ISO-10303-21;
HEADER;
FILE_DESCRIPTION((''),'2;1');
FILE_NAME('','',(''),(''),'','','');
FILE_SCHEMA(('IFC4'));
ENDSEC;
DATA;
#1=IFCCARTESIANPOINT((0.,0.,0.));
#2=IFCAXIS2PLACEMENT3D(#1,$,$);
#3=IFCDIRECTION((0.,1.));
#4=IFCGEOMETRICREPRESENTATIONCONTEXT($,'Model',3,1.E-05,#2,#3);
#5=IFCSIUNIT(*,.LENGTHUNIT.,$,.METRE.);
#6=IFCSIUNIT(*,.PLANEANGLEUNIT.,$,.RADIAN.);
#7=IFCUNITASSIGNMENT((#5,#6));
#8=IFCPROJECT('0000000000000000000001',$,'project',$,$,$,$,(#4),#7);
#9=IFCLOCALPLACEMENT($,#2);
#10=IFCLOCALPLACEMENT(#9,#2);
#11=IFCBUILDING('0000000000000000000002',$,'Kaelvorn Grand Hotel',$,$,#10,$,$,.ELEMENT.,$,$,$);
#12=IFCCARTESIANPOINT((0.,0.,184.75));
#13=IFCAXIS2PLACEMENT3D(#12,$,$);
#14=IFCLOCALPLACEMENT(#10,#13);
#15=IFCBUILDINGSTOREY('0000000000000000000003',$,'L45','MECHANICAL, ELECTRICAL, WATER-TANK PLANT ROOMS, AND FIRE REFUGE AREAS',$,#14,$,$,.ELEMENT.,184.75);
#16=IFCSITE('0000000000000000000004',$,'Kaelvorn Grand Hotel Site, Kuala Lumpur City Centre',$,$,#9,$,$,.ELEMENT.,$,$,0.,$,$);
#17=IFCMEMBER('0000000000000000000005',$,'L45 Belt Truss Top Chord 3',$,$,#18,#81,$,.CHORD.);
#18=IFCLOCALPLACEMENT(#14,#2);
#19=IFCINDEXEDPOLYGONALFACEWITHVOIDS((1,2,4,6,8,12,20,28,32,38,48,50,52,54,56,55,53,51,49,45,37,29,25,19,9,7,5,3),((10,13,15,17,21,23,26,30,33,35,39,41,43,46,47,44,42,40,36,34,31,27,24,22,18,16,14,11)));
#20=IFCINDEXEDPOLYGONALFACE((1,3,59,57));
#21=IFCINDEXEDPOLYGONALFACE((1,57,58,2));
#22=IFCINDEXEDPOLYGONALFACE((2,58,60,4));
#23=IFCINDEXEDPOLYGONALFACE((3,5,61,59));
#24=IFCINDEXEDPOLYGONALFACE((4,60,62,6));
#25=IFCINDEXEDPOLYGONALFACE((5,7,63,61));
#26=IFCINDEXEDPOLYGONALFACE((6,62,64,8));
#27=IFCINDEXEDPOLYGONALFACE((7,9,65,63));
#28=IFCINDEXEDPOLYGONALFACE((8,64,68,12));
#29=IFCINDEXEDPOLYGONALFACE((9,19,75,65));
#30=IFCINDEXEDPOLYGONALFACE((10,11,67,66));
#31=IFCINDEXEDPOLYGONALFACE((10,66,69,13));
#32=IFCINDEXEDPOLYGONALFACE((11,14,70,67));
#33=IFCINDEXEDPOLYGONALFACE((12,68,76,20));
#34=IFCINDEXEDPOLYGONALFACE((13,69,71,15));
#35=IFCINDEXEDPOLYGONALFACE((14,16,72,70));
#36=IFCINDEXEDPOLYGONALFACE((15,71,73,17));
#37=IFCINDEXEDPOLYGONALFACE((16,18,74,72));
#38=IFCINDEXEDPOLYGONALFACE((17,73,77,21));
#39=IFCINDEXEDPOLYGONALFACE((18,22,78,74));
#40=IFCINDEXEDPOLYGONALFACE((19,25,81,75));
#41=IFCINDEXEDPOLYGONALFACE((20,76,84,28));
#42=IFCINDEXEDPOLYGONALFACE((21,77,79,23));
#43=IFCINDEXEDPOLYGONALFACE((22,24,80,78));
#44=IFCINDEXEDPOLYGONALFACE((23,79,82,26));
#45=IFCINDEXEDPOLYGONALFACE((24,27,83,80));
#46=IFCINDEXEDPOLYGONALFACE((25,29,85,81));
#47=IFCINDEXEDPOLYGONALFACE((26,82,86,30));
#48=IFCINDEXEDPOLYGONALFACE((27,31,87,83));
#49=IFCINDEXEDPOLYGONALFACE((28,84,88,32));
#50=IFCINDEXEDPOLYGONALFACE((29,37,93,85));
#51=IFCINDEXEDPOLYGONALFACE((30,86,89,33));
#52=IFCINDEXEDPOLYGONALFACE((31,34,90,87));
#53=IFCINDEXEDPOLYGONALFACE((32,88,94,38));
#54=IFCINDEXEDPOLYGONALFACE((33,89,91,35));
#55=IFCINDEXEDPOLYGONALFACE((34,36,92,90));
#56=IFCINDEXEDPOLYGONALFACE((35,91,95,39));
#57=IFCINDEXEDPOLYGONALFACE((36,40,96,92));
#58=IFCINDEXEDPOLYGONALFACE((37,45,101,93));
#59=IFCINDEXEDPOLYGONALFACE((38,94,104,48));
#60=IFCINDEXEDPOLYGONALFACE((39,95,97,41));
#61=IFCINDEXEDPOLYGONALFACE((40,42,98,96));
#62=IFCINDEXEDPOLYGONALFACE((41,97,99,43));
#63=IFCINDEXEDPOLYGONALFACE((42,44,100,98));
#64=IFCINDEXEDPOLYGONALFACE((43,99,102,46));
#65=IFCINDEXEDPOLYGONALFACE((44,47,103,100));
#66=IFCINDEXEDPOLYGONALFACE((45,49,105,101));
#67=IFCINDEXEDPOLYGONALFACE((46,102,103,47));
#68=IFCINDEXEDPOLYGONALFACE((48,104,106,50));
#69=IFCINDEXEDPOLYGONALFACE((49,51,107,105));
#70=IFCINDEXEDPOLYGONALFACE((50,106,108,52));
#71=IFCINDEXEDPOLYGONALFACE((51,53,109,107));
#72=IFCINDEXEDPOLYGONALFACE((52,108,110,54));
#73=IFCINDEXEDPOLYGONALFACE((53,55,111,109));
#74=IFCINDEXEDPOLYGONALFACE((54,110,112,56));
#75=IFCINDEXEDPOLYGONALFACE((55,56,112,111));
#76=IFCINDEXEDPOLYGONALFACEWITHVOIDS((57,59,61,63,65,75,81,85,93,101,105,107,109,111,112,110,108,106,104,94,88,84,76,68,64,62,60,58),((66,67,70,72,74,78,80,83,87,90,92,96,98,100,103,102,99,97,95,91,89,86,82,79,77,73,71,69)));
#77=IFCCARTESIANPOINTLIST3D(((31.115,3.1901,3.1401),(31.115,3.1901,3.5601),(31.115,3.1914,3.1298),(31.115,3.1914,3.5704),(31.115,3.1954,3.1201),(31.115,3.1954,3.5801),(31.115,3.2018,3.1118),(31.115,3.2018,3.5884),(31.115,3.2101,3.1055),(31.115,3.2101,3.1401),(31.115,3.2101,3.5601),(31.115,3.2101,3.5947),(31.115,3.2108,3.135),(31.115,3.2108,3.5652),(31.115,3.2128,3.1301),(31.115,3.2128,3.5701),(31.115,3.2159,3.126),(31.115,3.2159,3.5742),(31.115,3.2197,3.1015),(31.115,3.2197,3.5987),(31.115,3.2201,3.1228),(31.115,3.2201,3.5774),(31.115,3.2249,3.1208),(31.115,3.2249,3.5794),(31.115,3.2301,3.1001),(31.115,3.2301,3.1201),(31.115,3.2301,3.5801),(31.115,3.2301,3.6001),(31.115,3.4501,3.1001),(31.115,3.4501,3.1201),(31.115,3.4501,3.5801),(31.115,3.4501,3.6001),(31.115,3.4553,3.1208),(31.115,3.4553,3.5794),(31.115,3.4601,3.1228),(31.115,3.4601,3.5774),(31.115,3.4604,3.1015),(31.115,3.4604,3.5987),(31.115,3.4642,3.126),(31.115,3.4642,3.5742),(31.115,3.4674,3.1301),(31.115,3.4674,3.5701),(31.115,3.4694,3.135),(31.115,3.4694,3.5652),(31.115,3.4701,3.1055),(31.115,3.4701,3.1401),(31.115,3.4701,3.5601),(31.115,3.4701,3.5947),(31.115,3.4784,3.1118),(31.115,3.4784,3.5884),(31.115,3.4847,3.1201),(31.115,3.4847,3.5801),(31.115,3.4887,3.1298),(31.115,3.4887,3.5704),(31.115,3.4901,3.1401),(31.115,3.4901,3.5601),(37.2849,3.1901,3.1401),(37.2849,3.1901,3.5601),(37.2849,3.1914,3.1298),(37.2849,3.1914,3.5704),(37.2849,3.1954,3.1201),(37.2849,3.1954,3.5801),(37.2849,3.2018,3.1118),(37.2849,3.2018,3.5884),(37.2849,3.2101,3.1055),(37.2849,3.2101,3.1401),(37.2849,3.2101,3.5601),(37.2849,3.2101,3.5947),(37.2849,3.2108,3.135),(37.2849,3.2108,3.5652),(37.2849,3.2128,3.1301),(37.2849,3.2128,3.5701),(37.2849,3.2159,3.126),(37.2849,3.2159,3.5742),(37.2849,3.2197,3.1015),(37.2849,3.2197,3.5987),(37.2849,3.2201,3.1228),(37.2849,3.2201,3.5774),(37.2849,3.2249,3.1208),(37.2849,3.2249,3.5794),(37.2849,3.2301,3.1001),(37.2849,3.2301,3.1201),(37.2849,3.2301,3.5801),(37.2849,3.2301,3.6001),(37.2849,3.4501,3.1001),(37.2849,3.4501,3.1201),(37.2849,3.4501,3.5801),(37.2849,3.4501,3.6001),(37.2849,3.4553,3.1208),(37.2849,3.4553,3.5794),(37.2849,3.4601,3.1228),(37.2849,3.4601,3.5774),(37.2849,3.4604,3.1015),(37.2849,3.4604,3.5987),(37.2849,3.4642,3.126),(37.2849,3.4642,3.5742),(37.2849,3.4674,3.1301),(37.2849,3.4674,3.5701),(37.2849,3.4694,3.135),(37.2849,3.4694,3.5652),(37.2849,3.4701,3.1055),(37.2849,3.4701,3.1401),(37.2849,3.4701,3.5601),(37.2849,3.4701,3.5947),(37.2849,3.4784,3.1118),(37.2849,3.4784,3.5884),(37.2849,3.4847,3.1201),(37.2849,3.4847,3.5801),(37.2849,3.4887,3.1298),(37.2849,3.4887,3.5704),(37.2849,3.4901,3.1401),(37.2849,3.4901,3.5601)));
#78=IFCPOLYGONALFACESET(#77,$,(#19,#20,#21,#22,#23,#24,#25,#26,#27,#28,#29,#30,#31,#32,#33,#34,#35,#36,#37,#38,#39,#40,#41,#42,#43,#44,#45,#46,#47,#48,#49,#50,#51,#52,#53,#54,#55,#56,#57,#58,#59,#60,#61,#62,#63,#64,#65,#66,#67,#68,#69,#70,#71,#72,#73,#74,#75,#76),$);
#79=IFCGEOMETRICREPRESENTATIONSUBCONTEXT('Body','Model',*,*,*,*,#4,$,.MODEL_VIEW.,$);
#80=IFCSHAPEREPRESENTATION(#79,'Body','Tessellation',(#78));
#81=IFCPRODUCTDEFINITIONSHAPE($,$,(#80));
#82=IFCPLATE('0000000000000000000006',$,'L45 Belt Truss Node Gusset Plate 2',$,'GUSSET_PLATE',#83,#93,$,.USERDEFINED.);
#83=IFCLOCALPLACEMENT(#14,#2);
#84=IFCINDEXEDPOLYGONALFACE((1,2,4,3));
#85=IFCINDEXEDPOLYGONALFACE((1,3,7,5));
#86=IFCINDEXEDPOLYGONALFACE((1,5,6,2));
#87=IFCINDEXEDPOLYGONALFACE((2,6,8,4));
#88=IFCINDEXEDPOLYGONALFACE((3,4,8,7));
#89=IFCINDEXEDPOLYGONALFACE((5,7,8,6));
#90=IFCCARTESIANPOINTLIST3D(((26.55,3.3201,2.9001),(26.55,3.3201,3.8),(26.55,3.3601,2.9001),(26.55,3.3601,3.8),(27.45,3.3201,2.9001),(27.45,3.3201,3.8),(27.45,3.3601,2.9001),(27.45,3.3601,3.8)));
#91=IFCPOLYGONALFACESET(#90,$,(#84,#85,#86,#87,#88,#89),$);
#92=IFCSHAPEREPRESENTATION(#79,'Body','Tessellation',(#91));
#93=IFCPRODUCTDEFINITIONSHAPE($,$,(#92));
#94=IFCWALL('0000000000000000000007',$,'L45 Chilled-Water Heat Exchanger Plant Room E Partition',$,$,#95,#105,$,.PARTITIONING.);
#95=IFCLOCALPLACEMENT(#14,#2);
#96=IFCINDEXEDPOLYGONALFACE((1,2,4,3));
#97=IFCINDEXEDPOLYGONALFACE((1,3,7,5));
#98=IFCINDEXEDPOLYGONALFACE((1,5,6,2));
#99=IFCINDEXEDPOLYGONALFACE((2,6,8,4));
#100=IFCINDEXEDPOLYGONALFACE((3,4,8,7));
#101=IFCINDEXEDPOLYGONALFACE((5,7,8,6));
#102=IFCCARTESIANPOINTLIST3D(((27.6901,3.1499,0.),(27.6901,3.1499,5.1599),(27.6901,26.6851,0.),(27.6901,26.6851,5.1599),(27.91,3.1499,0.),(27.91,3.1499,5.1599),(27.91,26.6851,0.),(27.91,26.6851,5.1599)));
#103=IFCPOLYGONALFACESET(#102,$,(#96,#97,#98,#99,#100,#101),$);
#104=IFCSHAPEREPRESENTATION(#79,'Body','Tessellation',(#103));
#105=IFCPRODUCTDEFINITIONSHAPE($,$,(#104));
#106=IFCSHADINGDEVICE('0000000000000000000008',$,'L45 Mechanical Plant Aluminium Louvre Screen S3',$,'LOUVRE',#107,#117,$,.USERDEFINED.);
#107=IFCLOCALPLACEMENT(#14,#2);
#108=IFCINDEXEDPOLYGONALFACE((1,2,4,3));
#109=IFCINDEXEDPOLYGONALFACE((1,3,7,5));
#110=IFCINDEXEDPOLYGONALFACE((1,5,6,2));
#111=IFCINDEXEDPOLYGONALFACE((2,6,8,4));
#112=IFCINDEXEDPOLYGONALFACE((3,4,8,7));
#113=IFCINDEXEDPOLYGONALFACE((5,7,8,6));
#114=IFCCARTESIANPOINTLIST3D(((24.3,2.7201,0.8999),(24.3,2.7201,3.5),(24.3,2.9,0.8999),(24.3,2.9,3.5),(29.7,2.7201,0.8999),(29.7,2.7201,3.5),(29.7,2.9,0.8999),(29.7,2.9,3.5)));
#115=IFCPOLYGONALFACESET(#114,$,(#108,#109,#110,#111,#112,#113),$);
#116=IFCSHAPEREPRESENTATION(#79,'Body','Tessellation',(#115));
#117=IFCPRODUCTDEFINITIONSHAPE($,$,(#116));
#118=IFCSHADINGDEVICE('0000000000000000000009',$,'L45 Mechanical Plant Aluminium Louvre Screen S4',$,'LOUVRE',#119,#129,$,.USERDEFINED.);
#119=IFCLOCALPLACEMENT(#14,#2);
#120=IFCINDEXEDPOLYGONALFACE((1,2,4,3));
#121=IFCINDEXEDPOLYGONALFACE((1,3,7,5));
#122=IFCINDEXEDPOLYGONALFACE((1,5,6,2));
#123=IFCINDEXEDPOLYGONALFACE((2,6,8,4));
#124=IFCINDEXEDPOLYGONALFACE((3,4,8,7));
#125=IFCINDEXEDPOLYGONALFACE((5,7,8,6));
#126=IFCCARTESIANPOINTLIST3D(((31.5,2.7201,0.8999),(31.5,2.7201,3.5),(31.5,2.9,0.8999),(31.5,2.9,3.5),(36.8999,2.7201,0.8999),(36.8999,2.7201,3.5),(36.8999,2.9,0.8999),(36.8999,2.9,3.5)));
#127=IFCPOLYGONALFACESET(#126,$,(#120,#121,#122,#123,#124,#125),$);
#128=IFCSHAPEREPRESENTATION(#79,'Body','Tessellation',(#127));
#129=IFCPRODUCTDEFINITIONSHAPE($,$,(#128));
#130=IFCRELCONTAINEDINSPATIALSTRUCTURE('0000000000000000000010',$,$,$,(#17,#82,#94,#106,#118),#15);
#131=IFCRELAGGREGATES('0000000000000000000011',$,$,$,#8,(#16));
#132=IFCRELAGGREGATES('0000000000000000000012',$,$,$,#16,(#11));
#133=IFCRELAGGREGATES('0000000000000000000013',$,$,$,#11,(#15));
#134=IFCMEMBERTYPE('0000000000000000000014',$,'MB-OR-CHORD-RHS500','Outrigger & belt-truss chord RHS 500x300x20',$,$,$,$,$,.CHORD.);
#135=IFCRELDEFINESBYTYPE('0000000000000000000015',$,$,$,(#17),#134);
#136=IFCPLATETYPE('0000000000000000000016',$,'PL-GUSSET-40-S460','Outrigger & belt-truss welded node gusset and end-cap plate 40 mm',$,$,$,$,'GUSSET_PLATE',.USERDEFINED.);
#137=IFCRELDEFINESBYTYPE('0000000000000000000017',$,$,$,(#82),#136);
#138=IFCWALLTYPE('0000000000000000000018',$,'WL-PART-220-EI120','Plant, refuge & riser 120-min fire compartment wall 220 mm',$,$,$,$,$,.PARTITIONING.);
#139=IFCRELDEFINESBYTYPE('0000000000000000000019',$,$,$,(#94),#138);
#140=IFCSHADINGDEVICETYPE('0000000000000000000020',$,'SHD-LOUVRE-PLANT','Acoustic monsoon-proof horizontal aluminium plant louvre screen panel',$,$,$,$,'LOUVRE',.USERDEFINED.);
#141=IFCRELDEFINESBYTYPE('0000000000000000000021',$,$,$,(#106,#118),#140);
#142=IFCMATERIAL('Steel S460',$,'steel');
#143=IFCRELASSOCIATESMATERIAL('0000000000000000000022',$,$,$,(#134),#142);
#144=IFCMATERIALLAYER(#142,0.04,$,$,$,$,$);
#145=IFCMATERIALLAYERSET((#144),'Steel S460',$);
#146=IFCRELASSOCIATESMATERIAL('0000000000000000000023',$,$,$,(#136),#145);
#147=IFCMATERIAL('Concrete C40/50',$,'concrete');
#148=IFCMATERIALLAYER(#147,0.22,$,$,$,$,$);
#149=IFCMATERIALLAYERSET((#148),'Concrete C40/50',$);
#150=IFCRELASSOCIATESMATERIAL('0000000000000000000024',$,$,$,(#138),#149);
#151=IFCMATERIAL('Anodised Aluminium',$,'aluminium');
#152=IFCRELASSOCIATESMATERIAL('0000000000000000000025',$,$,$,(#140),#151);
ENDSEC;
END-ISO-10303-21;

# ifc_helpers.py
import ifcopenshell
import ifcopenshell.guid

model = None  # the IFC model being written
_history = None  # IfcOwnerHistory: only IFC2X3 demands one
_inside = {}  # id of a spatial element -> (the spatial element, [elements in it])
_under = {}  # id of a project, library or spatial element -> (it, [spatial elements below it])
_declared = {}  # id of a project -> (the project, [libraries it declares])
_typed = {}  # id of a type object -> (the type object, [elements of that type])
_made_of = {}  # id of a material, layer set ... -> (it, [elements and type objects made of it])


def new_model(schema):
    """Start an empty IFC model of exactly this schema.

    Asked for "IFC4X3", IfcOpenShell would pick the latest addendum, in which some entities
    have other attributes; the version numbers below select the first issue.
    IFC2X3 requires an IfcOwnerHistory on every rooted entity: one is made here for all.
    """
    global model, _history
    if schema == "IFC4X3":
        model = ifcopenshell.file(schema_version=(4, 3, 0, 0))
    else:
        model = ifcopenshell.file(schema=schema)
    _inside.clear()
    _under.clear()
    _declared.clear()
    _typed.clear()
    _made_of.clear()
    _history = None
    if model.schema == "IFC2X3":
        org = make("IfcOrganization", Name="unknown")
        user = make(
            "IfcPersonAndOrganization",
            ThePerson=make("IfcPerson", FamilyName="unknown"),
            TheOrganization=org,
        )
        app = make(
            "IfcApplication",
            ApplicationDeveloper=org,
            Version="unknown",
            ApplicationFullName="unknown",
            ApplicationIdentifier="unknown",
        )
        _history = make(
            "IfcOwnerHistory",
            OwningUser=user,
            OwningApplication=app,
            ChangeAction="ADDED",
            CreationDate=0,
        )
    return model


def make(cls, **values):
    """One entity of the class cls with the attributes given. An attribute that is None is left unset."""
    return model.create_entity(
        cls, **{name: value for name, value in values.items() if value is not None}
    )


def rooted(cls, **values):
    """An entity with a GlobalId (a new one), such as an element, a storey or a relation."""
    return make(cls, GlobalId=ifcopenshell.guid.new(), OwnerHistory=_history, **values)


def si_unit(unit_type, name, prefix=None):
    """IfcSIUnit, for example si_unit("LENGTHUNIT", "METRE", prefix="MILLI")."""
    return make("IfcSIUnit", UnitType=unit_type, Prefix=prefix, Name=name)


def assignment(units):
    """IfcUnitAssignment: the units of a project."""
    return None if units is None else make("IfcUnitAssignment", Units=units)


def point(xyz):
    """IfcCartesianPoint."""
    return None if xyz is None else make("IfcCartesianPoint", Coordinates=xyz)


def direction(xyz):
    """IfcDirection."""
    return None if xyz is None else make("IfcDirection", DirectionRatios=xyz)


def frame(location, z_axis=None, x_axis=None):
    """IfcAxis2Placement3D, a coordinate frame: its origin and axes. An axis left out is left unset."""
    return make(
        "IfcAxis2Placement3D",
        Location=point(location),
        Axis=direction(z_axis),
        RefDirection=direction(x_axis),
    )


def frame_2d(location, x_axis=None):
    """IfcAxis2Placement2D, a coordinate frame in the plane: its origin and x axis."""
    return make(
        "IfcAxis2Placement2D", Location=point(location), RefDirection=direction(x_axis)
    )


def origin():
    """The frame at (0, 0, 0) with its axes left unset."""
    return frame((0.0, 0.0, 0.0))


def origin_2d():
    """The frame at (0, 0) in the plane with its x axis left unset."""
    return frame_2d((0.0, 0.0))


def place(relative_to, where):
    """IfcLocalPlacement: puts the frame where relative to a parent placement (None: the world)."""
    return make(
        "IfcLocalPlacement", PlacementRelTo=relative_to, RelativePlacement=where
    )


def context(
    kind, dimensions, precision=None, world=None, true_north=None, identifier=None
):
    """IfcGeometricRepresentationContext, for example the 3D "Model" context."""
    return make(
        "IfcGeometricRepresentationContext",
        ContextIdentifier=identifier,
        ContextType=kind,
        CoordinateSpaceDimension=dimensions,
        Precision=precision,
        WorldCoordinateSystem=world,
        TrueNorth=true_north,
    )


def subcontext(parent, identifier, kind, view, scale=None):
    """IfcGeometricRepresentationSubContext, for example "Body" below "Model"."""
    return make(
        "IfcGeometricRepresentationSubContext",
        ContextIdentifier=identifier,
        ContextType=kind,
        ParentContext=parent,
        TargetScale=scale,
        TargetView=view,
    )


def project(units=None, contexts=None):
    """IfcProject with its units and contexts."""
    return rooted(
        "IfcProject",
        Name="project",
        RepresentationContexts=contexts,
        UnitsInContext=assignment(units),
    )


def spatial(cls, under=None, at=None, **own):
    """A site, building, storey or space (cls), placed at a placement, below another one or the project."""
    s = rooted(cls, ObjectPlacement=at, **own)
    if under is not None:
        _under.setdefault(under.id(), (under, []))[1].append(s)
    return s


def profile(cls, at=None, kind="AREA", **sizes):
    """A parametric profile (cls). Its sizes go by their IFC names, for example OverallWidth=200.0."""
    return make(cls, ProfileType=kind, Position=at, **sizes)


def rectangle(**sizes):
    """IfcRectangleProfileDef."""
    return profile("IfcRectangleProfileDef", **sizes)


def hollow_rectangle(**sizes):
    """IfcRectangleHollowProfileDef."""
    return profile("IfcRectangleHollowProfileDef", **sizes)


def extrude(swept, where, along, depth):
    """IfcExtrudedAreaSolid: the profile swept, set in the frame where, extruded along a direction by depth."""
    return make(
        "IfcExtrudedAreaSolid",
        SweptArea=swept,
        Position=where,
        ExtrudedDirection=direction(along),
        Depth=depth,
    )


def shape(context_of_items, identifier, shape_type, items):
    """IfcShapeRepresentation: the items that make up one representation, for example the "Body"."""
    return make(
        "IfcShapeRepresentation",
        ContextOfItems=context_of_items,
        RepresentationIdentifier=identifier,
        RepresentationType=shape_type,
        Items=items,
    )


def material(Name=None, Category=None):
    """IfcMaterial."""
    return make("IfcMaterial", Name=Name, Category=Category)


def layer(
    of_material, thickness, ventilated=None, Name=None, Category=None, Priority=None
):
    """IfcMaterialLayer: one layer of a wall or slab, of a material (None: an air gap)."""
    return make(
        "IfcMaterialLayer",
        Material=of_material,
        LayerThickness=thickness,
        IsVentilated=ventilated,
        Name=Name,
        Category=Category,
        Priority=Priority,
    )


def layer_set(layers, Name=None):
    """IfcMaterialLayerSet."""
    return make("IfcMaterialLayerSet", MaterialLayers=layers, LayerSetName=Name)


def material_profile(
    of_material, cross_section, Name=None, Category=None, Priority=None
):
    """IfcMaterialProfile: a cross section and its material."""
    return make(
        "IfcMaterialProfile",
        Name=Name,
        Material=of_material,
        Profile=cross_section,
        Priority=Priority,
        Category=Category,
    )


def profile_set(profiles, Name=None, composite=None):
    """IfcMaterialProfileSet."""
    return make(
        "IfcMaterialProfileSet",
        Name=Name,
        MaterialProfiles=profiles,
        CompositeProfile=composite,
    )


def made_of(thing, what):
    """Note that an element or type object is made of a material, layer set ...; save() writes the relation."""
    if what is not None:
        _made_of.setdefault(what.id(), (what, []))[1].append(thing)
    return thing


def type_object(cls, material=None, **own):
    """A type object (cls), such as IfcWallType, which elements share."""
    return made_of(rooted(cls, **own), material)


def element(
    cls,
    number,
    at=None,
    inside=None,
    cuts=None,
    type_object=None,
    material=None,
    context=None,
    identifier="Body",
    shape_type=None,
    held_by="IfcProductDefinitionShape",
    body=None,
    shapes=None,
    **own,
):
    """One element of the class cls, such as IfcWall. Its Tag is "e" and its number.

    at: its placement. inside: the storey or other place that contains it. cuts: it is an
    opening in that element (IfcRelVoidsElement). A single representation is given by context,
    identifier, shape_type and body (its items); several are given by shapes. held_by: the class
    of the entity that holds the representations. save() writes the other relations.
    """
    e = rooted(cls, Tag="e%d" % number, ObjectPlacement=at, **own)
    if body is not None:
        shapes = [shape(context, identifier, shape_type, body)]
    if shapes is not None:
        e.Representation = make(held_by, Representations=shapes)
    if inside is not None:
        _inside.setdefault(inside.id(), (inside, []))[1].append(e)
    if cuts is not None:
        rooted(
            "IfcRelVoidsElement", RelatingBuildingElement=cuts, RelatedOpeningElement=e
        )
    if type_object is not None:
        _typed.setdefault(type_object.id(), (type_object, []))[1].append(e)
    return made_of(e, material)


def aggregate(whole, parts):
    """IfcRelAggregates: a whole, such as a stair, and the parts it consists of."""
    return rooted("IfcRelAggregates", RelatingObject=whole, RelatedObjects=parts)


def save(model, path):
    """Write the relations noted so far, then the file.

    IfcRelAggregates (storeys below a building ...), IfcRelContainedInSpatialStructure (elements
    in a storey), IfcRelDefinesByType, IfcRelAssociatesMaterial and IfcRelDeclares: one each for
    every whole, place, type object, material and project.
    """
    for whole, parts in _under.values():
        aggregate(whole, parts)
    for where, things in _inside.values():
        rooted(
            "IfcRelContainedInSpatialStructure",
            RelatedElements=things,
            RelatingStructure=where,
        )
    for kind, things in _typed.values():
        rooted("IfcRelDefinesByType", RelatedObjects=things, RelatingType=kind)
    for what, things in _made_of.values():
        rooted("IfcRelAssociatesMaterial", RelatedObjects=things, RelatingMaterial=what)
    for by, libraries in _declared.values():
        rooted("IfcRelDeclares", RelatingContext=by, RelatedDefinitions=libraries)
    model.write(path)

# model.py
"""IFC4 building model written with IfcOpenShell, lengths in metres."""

from ifc_helpers import new_model, si_unit, direction, frame, frame_2d, origin, origin_2d, place, context, subcontext, project, spatial, rectangle, hollow_rectangle, extrude, material, layer, layer_set, material_profile, profile_set, type_object, element, save


model = new_model("IFC4")

# Units and contexts
model_context = context("Model", 3, precision=1e-05, world=origin(), true_north=direction((0.0, 1.0)))
body_context = subcontext(model_context, "Body", "Model", "MODEL_VIEW")
ifc_project = project(units=[si_unit("LENGTHUNIT", "METRE"), si_unit("PLANEANGLEUNIT", "RADIAN")], contexts=[model_context])

# Site, building, storey
site_placement = place(None, origin())
site = spatial("IfcSite", under=ifc_project, at=site_placement, Name="Kaelvorn Grand Hotel Site, Kuala Lumpur City Centre", CompositionType="ELEMENT", RefElevation=0.0)
building_placement = place(site_placement, origin())
building = spatial("IfcBuilding", under=site, at=building_placement, Name="Kaelvorn Grand Hotel", CompositionType="ELEMENT")
storey_placement = place(building_placement, frame((0.0, 0.0, 184.75)))
storey = spatial("IfcBuildingStorey", under=building, at=storey_placement, Name="L45", Description="MECHANICAL, ELECTRICAL, WATER-TANK PLANT ROOMS, AND FIRE REFUGE AREAS", CompositionType="ELEMENT", Elevation=184.75)

# Member
ifc_material_1 = material(Name="Steel S460", Category="steel")
ifc_material_profile_1 = material_profile(ifc_material_1, hollow_rectangle(XDim=0.3, YDim=0.5, WallThickness=0.02, InnerFilletRadius=0.02, OuterFilletRadius=0.04, at=origin_2d()), Name="RHS 500x300x20.0")
ifc_profile_set_1 = profile_set([ifc_material_profile_1], Name="Steel S460")
member_type_1 = type_object("IfcMemberType", Name="MB-OR-CHORD-RHS500", Description="Outrigger & belt-truss chord RHS 500x300x20", PredefinedType="CHORD", material=ifc_profile_set_1)
for number, where, z_axis, x_axis, name in (
    (1, (31.115, 3.3401, 3.3501), (1.0, 0.0, 0.0), (0.0, 1.0, 0.0), "L45 Belt Truss Top Chord 3"),
):
    element("IfcMember", number, at=place(storey_placement, frame(where, z_axis=z_axis, x_axis=x_axis)), inside=storey, type_object=member_type_1, Name=name, PredefinedType="CHORD", context=body_context, shape_type="SweptSolid", body=[
        extrude(hollow_rectangle(XDim=0.3, YDim=0.5, WallThickness=0.02, InnerFilletRadius=0.02, OuterFilletRadius=0.04, at=origin_2d()), origin(), (0.0, 0.0, 1.0), 6.1699),
    ])

# Plate
ifc_layer_1 = layer(ifc_material_1, 0.04)
ifc_layer_set_1 = layer_set([ifc_layer_1], Name="Steel S460")
plate_type = type_object("IfcPlateType", Name="PL-GUSSET-40-S460", Description="Outrigger & belt-truss welded node gusset and end-cap plate 40 mm", ElementType="GUSSET_PLATE", PredefinedType="USERDEFINED", material=ifc_layer_set_1)
plate_placement = place(storey_placement, frame((27.0, 3.3401, 2.9001), z_axis=(0.0, 0.0, 1.0), x_axis=(1.0, 0.0, 0.0)))
element("IfcPlate", 2, at=plate_placement, inside=storey, type_object=plate_type, Name="L45 Belt Truss Node Gusset Plate 2", ObjectType="GUSSET_PLATE", PredefinedType="USERDEFINED", context=body_context, shape_type="SweptSolid", body=[
    extrude(rectangle(XDim=0.8999, YDim=0.04, at=origin_2d()), origin(), (0.0, 0.0, 1.0), 0.8999),
])

# Wall
ifc_material_2 = material(Name="Concrete C40/50", Category="concrete")
ifc_layer_2 = layer(ifc_material_2, 0.22)
ifc_layer_set_2 = layer_set([ifc_layer_2], Name="Concrete C40/50")
wall_type = type_object("IfcWallType", Name="WL-PART-220-EI120", Description="Plant, refuge & riser 120-min fire compartment wall 220 mm", PredefinedType="PARTITIONING", material=ifc_layer_set_2)
wall_placement = place(storey_placement, frame((27.8, 3.1499, 0.0), z_axis=(0.0, 0.0, 1.0), x_axis=(0.0, 1.0, 0.0)))
element("IfcWall", 3, at=wall_placement, inside=storey, type_object=wall_type, Name="L45 Chilled-Water Heat Exchanger Plant Room E Partition", PredefinedType="PARTITIONING", context=body_context, shape_type="SweptSolid", body=[
    extrude(rectangle(XDim=23.5352, YDim=0.22, at=frame_2d((11.7676, 0.0))), origin(), (0.0, 0.0, 1.0), 5.1599),
])

# Shading devices
ifc_material_3 = material(Name="Anodised Aluminium", Category="aluminium")
shading_device_type = type_object("IfcShadingDeviceType", Name="SHD-LOUVRE-PLANT", Description="Acoustic monsoon-proof horizontal aluminium plant louvre screen panel", ElementType="LOUVRE", PredefinedType="USERDEFINED", material=ifc_material_3)
for number, where, z_axis, x_axis, name in (
    (4, (27.0, 2.8101, 0.8999), (0.0, 0.0, 1.0), (1.0, 0.0, 0.0), "L45 Mechanical Plant Aluminium Louvre Screen S3"),
    (5, (34.2, 2.8101, 0.8999), (0.0, 0.0, 1.0), (1.0, 0.0, 0.0), "L45 Mechanical Plant Aluminium Louvre Screen S4"),
):
    element("IfcShadingDevice", number, at=place(storey_placement, frame(where, z_axis=z_axis, x_axis=x_axis)), inside=storey, type_object=shading_device_type, Name=name, ObjectType="LOUVRE", PredefinedType="USERDEFINED", context=body_context, shape_type="SweptSolid", body=[
        extrude(rectangle(XDim=5.3999, YDim=0.1799, at=origin_2d()), origin(), (0.0, 0.0, 1.0), 2.6001),
    ])

save(model, "model.ifc")
